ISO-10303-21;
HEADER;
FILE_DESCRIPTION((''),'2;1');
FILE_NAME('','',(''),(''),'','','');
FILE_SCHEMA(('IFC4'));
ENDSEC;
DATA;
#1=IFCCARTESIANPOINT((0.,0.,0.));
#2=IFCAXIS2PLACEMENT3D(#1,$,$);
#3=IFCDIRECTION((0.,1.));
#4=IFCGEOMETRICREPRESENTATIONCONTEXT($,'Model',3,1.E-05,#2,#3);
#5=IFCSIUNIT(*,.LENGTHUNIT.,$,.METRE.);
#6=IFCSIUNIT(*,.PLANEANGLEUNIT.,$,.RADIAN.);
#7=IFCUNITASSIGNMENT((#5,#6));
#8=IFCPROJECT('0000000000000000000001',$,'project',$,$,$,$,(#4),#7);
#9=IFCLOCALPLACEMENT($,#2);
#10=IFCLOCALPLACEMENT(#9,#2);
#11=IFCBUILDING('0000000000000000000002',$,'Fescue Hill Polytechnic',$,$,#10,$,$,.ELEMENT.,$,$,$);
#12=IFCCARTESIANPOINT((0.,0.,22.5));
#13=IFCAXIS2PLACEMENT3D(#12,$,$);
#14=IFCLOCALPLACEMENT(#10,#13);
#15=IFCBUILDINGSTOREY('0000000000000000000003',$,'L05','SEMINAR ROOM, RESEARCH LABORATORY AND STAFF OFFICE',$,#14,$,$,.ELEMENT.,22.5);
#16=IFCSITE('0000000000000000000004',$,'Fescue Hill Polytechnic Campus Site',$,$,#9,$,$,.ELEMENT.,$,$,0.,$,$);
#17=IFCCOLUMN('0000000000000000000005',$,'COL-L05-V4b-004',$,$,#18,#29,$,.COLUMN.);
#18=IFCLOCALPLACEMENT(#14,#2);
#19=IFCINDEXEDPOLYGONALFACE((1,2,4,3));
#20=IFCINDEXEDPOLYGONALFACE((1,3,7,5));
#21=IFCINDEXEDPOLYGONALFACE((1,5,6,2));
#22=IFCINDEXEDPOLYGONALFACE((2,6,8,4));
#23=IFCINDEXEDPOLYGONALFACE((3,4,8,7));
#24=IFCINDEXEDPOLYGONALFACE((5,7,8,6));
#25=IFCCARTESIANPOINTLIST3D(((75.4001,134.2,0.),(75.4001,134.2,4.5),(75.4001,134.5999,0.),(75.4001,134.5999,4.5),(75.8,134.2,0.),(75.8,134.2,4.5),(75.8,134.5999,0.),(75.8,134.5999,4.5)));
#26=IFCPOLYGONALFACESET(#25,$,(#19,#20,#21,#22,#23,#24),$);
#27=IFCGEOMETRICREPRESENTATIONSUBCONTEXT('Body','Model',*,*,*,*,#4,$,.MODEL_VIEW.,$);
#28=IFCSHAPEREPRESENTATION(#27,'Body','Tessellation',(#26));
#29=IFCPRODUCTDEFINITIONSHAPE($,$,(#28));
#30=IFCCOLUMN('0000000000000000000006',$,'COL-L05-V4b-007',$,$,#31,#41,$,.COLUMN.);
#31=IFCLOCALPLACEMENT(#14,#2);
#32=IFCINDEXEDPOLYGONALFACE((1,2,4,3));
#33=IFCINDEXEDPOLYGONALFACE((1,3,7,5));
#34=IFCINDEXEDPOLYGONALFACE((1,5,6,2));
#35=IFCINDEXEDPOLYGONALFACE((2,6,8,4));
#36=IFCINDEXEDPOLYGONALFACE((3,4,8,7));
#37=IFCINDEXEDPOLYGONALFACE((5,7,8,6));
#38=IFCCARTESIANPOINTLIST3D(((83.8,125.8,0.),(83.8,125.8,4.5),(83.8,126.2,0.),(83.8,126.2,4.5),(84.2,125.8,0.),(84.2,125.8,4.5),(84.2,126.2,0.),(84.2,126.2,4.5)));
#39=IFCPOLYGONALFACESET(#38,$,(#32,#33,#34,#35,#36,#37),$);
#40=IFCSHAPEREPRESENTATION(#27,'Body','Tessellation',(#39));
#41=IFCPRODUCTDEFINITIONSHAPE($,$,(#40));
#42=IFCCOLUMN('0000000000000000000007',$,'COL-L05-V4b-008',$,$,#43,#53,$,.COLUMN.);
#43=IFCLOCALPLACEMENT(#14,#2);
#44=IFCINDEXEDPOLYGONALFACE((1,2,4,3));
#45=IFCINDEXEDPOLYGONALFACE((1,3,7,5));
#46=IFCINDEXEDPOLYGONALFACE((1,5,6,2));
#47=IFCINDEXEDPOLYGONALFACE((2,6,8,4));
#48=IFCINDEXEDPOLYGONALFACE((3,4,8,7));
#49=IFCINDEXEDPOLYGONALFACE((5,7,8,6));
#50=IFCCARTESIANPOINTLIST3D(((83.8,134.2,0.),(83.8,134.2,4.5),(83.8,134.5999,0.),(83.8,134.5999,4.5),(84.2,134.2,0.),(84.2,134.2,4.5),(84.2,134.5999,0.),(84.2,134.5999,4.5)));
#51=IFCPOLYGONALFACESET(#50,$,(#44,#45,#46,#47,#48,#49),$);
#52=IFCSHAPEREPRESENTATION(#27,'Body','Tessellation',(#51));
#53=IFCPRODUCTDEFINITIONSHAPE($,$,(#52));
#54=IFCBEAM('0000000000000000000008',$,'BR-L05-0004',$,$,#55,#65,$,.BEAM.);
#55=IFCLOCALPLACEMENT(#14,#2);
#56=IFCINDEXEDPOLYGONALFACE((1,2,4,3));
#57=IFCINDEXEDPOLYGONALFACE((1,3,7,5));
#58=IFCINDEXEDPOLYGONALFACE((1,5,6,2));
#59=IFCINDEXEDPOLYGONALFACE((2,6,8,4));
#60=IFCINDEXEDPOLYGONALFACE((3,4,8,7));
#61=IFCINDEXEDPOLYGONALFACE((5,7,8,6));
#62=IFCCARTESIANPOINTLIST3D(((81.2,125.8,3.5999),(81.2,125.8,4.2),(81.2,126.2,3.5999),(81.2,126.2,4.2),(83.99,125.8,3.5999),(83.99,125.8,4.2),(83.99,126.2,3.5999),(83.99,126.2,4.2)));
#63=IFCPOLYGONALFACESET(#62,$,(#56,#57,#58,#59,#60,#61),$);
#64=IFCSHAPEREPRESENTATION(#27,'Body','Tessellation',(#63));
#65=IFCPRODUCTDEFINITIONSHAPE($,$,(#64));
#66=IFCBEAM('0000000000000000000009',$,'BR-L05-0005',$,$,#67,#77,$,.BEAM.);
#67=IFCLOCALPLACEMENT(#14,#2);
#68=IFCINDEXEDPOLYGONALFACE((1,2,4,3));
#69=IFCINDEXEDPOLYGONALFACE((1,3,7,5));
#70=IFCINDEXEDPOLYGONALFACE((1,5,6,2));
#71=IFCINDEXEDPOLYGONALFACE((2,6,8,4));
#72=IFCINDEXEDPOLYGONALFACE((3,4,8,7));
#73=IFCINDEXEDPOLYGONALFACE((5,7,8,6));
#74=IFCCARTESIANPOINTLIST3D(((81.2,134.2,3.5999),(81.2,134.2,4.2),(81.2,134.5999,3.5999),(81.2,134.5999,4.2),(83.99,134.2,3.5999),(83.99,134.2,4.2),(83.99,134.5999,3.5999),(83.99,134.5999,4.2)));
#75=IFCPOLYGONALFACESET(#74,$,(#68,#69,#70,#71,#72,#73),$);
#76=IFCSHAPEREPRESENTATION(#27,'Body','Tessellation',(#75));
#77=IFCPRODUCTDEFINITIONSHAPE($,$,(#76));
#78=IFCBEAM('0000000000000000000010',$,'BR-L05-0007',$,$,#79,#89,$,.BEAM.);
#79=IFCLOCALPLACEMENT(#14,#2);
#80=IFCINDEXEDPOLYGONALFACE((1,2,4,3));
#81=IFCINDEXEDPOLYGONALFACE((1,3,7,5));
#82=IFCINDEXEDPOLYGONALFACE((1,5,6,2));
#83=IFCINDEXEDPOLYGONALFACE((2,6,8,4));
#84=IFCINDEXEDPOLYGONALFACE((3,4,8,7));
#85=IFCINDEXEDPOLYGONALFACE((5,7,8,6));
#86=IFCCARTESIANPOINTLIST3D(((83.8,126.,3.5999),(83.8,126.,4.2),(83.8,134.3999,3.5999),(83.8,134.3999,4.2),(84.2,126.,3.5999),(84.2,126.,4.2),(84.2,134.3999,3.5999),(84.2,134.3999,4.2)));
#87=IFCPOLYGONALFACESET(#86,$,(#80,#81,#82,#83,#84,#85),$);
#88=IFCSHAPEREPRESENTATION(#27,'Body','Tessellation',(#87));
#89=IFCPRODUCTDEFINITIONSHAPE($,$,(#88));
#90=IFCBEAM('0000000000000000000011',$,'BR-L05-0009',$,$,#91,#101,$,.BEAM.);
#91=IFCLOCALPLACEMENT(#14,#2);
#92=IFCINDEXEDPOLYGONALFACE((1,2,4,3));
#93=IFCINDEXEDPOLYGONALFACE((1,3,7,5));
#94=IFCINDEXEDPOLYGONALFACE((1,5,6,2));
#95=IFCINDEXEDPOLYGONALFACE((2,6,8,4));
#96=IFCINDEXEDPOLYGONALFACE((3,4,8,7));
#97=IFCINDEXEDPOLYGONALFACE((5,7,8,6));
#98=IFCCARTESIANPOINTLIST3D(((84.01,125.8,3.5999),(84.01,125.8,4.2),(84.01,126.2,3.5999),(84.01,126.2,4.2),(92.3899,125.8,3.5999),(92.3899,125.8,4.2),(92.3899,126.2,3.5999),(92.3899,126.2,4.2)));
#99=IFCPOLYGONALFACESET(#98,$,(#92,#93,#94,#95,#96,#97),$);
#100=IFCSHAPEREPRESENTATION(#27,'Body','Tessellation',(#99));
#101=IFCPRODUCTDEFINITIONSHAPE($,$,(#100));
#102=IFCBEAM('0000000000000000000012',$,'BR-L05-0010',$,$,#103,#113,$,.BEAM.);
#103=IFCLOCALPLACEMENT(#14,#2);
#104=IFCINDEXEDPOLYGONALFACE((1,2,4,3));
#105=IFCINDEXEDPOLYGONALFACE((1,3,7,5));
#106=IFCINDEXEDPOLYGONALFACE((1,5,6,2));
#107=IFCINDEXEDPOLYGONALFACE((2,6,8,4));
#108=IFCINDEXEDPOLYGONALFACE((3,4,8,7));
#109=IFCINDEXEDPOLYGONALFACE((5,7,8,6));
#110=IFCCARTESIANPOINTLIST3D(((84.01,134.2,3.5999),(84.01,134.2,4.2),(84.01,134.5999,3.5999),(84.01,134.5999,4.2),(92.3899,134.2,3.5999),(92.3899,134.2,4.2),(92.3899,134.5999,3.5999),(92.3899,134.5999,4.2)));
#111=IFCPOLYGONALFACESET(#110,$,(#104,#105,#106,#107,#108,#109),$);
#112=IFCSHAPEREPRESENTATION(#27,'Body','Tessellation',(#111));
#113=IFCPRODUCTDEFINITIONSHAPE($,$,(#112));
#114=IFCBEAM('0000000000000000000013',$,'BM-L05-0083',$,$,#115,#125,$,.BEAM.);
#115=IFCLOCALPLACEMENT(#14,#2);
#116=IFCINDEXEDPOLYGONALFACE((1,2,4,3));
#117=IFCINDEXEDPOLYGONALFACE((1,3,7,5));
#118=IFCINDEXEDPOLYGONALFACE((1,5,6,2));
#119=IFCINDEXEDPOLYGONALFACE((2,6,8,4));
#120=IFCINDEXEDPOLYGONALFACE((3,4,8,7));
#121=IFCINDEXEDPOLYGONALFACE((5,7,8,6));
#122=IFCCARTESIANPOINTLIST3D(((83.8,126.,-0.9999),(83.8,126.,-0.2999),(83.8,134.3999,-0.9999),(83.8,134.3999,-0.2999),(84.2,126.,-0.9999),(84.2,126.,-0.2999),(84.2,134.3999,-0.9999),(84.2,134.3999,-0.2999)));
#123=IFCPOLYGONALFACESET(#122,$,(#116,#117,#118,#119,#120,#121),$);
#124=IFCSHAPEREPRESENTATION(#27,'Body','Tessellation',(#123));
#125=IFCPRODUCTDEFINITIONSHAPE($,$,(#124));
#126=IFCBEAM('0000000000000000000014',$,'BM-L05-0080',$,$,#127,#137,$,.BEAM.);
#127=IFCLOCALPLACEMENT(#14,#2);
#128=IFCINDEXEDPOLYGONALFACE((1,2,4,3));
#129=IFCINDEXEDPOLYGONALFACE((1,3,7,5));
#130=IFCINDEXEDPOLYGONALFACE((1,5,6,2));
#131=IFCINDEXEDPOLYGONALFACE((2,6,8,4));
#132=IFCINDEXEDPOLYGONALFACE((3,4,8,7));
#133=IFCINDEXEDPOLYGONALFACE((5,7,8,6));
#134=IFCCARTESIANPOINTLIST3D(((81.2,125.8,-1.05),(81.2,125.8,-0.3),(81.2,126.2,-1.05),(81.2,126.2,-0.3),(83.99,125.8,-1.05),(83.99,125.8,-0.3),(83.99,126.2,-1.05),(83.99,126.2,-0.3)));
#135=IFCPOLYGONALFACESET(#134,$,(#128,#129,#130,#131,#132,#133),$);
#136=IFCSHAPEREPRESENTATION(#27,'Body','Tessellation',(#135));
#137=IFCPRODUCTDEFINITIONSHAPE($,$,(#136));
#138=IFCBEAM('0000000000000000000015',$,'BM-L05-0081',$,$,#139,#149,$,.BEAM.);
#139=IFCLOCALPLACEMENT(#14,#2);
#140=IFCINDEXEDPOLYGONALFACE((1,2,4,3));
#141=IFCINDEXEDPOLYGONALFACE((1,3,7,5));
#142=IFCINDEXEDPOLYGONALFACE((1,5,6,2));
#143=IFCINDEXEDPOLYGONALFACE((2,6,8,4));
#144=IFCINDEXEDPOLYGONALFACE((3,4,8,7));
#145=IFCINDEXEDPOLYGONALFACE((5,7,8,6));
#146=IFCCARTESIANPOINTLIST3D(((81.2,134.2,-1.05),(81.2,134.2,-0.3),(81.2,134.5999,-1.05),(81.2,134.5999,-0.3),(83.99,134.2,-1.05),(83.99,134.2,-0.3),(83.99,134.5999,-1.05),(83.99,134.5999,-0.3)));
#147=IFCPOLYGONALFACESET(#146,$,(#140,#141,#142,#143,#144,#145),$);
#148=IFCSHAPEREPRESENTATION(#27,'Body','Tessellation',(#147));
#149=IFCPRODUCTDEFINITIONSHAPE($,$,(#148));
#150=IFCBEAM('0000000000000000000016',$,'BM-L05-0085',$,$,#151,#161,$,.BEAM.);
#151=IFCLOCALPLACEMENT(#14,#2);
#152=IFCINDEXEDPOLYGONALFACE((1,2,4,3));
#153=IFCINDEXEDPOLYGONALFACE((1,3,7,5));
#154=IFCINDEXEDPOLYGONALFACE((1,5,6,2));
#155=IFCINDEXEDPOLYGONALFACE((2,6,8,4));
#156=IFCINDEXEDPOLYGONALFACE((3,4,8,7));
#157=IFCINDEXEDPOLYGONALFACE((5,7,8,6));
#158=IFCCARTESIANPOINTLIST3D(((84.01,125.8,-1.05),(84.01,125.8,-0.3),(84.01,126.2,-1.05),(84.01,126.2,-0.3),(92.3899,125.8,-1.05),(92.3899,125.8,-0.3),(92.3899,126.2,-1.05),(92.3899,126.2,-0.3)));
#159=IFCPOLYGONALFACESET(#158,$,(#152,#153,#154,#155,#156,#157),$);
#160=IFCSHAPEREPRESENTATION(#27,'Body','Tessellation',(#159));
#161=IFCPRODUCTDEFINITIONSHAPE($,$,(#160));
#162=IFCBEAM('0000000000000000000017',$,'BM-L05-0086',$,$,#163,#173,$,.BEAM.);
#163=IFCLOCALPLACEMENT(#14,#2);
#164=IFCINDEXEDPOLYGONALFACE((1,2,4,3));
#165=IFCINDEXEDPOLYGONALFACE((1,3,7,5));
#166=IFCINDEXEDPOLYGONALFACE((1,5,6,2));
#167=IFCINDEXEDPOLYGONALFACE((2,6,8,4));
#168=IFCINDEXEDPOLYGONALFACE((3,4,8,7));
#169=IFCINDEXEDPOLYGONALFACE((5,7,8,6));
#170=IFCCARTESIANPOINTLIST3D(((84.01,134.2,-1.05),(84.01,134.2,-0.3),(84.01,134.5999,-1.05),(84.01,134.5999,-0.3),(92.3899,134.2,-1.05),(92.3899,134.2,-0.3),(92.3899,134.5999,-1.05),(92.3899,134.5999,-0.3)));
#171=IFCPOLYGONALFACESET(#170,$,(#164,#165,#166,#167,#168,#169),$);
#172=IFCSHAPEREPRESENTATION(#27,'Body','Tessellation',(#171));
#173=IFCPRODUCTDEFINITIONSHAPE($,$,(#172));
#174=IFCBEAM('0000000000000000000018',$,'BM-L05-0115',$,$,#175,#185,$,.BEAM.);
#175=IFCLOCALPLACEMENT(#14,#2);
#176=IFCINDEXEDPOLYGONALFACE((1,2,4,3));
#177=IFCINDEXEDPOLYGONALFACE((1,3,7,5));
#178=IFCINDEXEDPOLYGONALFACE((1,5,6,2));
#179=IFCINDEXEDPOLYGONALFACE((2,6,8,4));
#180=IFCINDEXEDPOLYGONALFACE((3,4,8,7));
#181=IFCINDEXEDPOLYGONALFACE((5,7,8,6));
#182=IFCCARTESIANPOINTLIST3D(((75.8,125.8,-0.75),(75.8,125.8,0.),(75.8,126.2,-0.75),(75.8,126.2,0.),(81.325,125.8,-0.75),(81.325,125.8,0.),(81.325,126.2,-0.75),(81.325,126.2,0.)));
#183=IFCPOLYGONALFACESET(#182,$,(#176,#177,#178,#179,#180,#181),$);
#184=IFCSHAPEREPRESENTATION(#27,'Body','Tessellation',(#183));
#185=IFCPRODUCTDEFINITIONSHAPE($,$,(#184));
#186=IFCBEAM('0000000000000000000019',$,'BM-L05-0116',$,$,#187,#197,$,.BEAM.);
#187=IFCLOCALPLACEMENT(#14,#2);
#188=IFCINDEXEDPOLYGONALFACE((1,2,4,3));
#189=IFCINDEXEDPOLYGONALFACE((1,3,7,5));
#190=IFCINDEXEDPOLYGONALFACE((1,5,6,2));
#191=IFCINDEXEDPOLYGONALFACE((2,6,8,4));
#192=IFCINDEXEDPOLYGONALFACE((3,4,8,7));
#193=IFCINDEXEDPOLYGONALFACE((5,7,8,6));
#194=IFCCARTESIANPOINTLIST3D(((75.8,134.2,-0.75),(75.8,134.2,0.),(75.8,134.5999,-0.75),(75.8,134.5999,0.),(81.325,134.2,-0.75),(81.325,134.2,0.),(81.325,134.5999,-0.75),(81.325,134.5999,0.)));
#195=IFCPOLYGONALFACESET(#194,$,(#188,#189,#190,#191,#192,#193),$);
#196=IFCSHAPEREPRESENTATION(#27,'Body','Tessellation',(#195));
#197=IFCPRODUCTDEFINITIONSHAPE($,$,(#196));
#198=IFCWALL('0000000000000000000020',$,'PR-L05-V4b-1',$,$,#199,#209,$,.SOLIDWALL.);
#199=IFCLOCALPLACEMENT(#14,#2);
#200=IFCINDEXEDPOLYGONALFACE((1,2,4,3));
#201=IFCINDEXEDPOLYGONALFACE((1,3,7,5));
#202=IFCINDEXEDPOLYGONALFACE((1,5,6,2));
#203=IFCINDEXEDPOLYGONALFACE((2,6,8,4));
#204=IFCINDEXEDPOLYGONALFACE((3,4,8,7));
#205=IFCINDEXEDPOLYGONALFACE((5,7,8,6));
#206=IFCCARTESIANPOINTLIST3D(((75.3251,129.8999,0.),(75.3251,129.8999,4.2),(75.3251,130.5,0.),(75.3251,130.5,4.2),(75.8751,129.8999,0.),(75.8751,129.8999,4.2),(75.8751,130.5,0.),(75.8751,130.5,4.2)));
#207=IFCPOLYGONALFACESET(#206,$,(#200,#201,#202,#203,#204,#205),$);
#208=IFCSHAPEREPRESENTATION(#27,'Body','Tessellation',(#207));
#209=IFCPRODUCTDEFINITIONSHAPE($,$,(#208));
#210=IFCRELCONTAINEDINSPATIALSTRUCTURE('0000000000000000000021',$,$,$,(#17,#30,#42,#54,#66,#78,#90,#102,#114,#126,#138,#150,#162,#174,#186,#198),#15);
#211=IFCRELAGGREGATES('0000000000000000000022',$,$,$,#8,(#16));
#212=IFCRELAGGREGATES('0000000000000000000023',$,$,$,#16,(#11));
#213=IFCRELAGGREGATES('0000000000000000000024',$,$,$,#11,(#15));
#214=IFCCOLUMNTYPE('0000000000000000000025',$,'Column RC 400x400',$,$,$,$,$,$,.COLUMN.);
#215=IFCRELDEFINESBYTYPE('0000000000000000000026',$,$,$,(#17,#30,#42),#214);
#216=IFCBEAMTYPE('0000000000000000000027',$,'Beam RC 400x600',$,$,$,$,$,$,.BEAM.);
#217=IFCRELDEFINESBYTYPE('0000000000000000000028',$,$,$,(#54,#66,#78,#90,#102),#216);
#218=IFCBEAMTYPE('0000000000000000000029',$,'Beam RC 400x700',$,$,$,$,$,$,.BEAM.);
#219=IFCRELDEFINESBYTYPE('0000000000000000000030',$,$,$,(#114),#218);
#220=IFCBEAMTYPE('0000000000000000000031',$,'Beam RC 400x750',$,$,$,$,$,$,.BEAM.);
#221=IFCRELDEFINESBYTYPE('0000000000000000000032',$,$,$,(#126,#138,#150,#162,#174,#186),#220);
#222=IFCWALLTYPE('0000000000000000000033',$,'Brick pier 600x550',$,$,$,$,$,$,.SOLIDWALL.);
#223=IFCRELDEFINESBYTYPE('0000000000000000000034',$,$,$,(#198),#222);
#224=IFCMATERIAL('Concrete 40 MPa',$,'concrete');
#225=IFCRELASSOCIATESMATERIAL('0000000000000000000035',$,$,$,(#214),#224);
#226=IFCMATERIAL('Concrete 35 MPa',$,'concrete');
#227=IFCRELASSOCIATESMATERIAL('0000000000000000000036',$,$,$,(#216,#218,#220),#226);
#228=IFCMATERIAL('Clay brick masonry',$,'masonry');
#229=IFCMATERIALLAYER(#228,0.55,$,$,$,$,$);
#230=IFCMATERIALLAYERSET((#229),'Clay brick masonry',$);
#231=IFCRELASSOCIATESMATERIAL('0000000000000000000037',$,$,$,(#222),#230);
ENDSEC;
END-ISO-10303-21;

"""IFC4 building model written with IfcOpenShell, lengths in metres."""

from ifc_helpers import new_model, si_unit, direction, frame, frame_2d, origin, origin_2d, place, context, subcontext, project, spatial, rectangle, extrude, material, layer, layer_set, material_profile, profile_set, type_object, element, save


model = new_model("IFC4")

# Units and contexts
model_context = context("Model", 3, precision=1e-05, world=origin(), true_north=direction((0.0, 1.0)))
body_context = subcontext(model_context, "Body", "Model", "MODEL_VIEW")
ifc_project = project(units=[si_unit("LENGTHUNIT", "METRE"), si_unit("PLANEANGLEUNIT", "RADIAN")], contexts=[model_context])

# Site, building, storey
site_placement = place(None, origin())
site = spatial("IfcSite", under=ifc_project, at=site_placement, Name="Fescue Hill Polytechnic Campus Site", CompositionType="ELEMENT", RefElevation=0.0)
building_placement = place(site_placement, origin())
building = spatial("IfcBuilding", under=site, at=building_placement, Name="Fescue Hill Polytechnic", CompositionType="ELEMENT")
storey_placement = place(building_placement, frame((0.0, 0.0, 22.5)))
storey = spatial("IfcBuildingStorey", under=building, at=storey_placement, Name="L05", Description="SEMINAR ROOM, RESEARCH LABORATORY AND STAFF OFFICE", CompositionType="ELEMENT", Elevation=22.5)

# Columns
ifc_material_1 = material(Name="Concrete 40 MPa", Category="concrete")
ifc_material_profile_1 = material_profile(ifc_material_1, rectangle(XDim=0.3999, YDim=0.3999, at=origin_2d()), Name="RC 400x400")
ifc_profile_set_1 = profile_set([ifc_material_profile_1], Name="Concrete 40 MPa")
column_type = type_object("IfcColumnType", Name="Column RC 400x400", PredefinedType="COLUMN", material=ifc_profile_set_1)
for number, where, z_axis, x_axis, name in (
    (1, (75.6001, 134.3999, 0.0), (0.0, 0.0, 1.0), (1.0, 0.0, 0.0), "COL-L05-V4b-004"),
    (2, (84.0, 126.0, 0.0), (0.0, 0.0, 1.0), (1.0, 0.0, 0.0), "COL-L05-V4b-007"),
    (3, (84.0, 134.3999, 0.0), (0.0, 0.0, 1.0), (1.0, 0.0, 0.0), "COL-L05-V4b-008"),
):
    element("IfcColumn", number, at=place(storey_placement, frame(where, z_axis=z_axis, x_axis=x_axis)), inside=storey, type_object=column_type, Name=name, PredefinedType="COLUMN", context=body_context, shape_type="SweptSolid", body=[
        extrude(rectangle(XDim=0.3999, YDim=0.3999, at=origin_2d()), origin(), (0.0, 0.0, 1.0), 4.5),
    ])

# Beams
ifc_material_2 = material(Name="Concrete 35 MPa", Category="concrete")
ifc_material_profile_2 = material_profile(ifc_material_2, rectangle(XDim=0.3999, YDim=0.6001, at=origin_2d()), Name="RC 400x600")
ifc_profile_set_2 = profile_set([ifc_material_profile_2], Name="Concrete 35 MPa")
beam_type_1 = type_object("IfcBeamType", Name="Beam RC 400x600", PredefinedType="BEAM", material=ifc_profile_set_2)
for number, where, z_axis, x_axis, name in (
    (4, (81.2, 126.0, 3.8999), (1.0, 0.0, 0.0), (0.0, 1.0, 0.0), "BR-L05-0004"),
    (5, (81.2, 134.3999, 3.8999), (1.0, 0.0, 0.0), (0.0, 1.0, 0.0), "BR-L05-0005"),
):
    element("IfcBeam", number, at=place(storey_placement, frame(where, z_axis=z_axis, x_axis=x_axis)), inside=storey, type_object=beam_type_1, Name=name, PredefinedType="BEAM", context=body_context, shape_type="SweptSolid", body=[
        extrude(rectangle(XDim=0.3999, YDim=0.6001, at=origin_2d()), origin(), (0.0, 0.0, 1.0), 2.79),
    ])
beam_1_placement = place(storey_placement, frame((84.0, 126.0, 3.8999), z_axis=(0.0, 1.0, 0.0), x_axis=(-1.0, 0.0, 0.0)))
element("IfcBeam", 6, at=beam_1_placement, inside=storey, type_object=beam_type_1, Name="BR-L05-0007", PredefinedType="BEAM", context=body_context, shape_type="SweptSolid", body=[
    extrude(rectangle(XDim=0.3999, YDim=0.6001, at=origin_2d()), origin(), (0.0, 0.0, 1.0), 8.3999),
])
for number, where, z_axis, x_axis, name in (
    (7, (84.01, 126.0, 3.8999), (1.0, 0.0, 0.0), (0.0, 1.0, 0.0), "BR-L05-0009"),
    (8, (84.01, 134.3999, 3.8999), (1.0, 0.0, 0.0), (0.0, 1.0, 0.0), "BR-L05-0010"),
):
    element("IfcBeam", number, at=place(storey_placement, frame(where, z_axis=z_axis, x_axis=x_axis)), inside=storey, type_object=beam_type_1, Name=name, PredefinedType="BEAM", context=body_context, shape_type="SweptSolid", body=[
        extrude(rectangle(XDim=0.3999, YDim=0.6001, at=origin_2d()), origin(), (0.0, 0.0, 1.0), 8.3799),
    ])
ifc_material_profile_3 = material_profile(ifc_material_2, rectangle(XDim=0.3999, YDim=0.7, at=origin_2d()), Name="RC 400x700")
ifc_profile_set_3 = profile_set([ifc_material_profile_3], Name="Concrete 35 MPa")
beam_type_2 = type_object("IfcBeamType", Name="Beam RC 400x700", PredefinedType="BEAM", material=ifc_profile_set_3)
beam_2_placement = place(storey_placement, frame((84.0, 126.0, -0.6499), z_axis=(0.0, 1.0, 0.0), x_axis=(-1.0, 0.0, 0.0)))
element("IfcBeam", 9, at=beam_2_placement, inside=storey, type_object=beam_type_2, Name="BM-L05-0083", PredefinedType="BEAM", context=body_context, shape_type="SweptSolid", body=[
    extrude(rectangle(XDim=0.3999, YDim=0.7, at=origin_2d()), origin(), (0.0, 0.0, 1.0), 8.3999),
])
ifc_material_profile_4 = material_profile(ifc_material_2, rectangle(XDim=0.3999, YDim=0.75, at=origin_2d()), Name="RC 400x750")
ifc_profile_set_4 = profile_set([ifc_material_profile_4], Name="Concrete 35 MPa")
beam_type_3 = type_object("IfcBeamType", Name="Beam RC 400x750", PredefinedType="BEAM", material=ifc_profile_set_4)
for number, where, z_axis, x_axis, name in (
    (10, (81.2, 126.0, -0.675), (1.0, 0.0, 0.0), (0.0, 1.0, 0.0), "BM-L05-0080"),
    (11, (81.2, 134.3999, -0.675), (1.0, 0.0, 0.0), (0.0, 1.0, 0.0), "BM-L05-0081"),
):
    element("IfcBeam", number, at=place(storey_placement, frame(where, z_axis=z_axis, x_axis=x_axis)), inside=storey, type_object=beam_type_3, Name=name, PredefinedType="BEAM", context=body_context, shape_type="SweptSolid", body=[
        extrude(rectangle(XDim=0.3999, YDim=0.75, at=origin_2d()), origin(), (0.0, 0.0, 1.0), 2.79),
    ])
for number, where, z_axis, x_axis, name in (
    (12, (84.01, 126.0, -0.675), (1.0, 0.0, 0.0), (0.0, 1.0, 0.0), "BM-L05-0085"),
    (13, (84.01, 134.3999, -0.675), (1.0, 0.0, 0.0), (0.0, 1.0, 0.0), "BM-L05-0086"),
):
    element("IfcBeam", number, at=place(storey_placement, frame(where, z_axis=z_axis, x_axis=x_axis)), inside=storey, type_object=beam_type_3, Name=name, PredefinedType="BEAM", context=body_context, shape_type="SweptSolid", body=[
        extrude(rectangle(XDim=0.3999, YDim=0.75, at=origin_2d()), origin(), (0.0, 0.0, 1.0), 8.3799),
    ])
for number, where, z_axis, x_axis, name in (
    (14, (75.8, 126.0, -0.375), (1.0, 0.0, 0.0), (0.0, 1.0, 0.0), "BM-L05-0115"),
    (15, (75.8, 134.3999, -0.375), (1.0, 0.0, 0.0), (0.0, 1.0, 0.0), "BM-L05-0116"),
):
    element("IfcBeam", number, at=place(storey_placement, frame(where, z_axis=z_axis, x_axis=x_axis)), inside=storey, type_object=beam_type_3, Name=name, PredefinedType="BEAM", context=body_context, shape_type="SweptSolid", body=[
        extrude(rectangle(XDim=0.3999, YDim=0.75, at=origin_2d()), origin(), (0.0, 0.0, 1.0), 5.5249),
    ])

# Wall
ifc_material_3 = material(Name="Clay brick masonry", Category="masonry")
ifc_layer_1 = layer(ifc_material_3, 0.55)
ifc_layer_set_1 = layer_set([ifc_layer_1], Name="Clay brick masonry")
wall_type_1 = type_object("IfcWallType", Name="Brick pier 600x550", PredefinedType="SOLIDWALL", material=ifc_layer_set_1)
wall_1_placement = place(storey_placement, frame((75.6001, 130.5, 0.0), z_axis=(0.0, 0.0, 1.0), x_axis=(0.0, -1.0, 0.0)))
element("IfcWall", 16, at=wall_1_placement, inside=storey, type_object=wall_type_1, Name="PR-L05-V4b-1", PredefinedType="SOLIDWALL", context=body_context, shape_type="SweptSolid", body=[
    extrude(rectangle(XDim=0.6001, YDim=0.55, at=frame_2d((0.3, 0.0))), origin(), (0.0, 0.0, 1.0), 4.2),
])

save(model, "model.ifc")
